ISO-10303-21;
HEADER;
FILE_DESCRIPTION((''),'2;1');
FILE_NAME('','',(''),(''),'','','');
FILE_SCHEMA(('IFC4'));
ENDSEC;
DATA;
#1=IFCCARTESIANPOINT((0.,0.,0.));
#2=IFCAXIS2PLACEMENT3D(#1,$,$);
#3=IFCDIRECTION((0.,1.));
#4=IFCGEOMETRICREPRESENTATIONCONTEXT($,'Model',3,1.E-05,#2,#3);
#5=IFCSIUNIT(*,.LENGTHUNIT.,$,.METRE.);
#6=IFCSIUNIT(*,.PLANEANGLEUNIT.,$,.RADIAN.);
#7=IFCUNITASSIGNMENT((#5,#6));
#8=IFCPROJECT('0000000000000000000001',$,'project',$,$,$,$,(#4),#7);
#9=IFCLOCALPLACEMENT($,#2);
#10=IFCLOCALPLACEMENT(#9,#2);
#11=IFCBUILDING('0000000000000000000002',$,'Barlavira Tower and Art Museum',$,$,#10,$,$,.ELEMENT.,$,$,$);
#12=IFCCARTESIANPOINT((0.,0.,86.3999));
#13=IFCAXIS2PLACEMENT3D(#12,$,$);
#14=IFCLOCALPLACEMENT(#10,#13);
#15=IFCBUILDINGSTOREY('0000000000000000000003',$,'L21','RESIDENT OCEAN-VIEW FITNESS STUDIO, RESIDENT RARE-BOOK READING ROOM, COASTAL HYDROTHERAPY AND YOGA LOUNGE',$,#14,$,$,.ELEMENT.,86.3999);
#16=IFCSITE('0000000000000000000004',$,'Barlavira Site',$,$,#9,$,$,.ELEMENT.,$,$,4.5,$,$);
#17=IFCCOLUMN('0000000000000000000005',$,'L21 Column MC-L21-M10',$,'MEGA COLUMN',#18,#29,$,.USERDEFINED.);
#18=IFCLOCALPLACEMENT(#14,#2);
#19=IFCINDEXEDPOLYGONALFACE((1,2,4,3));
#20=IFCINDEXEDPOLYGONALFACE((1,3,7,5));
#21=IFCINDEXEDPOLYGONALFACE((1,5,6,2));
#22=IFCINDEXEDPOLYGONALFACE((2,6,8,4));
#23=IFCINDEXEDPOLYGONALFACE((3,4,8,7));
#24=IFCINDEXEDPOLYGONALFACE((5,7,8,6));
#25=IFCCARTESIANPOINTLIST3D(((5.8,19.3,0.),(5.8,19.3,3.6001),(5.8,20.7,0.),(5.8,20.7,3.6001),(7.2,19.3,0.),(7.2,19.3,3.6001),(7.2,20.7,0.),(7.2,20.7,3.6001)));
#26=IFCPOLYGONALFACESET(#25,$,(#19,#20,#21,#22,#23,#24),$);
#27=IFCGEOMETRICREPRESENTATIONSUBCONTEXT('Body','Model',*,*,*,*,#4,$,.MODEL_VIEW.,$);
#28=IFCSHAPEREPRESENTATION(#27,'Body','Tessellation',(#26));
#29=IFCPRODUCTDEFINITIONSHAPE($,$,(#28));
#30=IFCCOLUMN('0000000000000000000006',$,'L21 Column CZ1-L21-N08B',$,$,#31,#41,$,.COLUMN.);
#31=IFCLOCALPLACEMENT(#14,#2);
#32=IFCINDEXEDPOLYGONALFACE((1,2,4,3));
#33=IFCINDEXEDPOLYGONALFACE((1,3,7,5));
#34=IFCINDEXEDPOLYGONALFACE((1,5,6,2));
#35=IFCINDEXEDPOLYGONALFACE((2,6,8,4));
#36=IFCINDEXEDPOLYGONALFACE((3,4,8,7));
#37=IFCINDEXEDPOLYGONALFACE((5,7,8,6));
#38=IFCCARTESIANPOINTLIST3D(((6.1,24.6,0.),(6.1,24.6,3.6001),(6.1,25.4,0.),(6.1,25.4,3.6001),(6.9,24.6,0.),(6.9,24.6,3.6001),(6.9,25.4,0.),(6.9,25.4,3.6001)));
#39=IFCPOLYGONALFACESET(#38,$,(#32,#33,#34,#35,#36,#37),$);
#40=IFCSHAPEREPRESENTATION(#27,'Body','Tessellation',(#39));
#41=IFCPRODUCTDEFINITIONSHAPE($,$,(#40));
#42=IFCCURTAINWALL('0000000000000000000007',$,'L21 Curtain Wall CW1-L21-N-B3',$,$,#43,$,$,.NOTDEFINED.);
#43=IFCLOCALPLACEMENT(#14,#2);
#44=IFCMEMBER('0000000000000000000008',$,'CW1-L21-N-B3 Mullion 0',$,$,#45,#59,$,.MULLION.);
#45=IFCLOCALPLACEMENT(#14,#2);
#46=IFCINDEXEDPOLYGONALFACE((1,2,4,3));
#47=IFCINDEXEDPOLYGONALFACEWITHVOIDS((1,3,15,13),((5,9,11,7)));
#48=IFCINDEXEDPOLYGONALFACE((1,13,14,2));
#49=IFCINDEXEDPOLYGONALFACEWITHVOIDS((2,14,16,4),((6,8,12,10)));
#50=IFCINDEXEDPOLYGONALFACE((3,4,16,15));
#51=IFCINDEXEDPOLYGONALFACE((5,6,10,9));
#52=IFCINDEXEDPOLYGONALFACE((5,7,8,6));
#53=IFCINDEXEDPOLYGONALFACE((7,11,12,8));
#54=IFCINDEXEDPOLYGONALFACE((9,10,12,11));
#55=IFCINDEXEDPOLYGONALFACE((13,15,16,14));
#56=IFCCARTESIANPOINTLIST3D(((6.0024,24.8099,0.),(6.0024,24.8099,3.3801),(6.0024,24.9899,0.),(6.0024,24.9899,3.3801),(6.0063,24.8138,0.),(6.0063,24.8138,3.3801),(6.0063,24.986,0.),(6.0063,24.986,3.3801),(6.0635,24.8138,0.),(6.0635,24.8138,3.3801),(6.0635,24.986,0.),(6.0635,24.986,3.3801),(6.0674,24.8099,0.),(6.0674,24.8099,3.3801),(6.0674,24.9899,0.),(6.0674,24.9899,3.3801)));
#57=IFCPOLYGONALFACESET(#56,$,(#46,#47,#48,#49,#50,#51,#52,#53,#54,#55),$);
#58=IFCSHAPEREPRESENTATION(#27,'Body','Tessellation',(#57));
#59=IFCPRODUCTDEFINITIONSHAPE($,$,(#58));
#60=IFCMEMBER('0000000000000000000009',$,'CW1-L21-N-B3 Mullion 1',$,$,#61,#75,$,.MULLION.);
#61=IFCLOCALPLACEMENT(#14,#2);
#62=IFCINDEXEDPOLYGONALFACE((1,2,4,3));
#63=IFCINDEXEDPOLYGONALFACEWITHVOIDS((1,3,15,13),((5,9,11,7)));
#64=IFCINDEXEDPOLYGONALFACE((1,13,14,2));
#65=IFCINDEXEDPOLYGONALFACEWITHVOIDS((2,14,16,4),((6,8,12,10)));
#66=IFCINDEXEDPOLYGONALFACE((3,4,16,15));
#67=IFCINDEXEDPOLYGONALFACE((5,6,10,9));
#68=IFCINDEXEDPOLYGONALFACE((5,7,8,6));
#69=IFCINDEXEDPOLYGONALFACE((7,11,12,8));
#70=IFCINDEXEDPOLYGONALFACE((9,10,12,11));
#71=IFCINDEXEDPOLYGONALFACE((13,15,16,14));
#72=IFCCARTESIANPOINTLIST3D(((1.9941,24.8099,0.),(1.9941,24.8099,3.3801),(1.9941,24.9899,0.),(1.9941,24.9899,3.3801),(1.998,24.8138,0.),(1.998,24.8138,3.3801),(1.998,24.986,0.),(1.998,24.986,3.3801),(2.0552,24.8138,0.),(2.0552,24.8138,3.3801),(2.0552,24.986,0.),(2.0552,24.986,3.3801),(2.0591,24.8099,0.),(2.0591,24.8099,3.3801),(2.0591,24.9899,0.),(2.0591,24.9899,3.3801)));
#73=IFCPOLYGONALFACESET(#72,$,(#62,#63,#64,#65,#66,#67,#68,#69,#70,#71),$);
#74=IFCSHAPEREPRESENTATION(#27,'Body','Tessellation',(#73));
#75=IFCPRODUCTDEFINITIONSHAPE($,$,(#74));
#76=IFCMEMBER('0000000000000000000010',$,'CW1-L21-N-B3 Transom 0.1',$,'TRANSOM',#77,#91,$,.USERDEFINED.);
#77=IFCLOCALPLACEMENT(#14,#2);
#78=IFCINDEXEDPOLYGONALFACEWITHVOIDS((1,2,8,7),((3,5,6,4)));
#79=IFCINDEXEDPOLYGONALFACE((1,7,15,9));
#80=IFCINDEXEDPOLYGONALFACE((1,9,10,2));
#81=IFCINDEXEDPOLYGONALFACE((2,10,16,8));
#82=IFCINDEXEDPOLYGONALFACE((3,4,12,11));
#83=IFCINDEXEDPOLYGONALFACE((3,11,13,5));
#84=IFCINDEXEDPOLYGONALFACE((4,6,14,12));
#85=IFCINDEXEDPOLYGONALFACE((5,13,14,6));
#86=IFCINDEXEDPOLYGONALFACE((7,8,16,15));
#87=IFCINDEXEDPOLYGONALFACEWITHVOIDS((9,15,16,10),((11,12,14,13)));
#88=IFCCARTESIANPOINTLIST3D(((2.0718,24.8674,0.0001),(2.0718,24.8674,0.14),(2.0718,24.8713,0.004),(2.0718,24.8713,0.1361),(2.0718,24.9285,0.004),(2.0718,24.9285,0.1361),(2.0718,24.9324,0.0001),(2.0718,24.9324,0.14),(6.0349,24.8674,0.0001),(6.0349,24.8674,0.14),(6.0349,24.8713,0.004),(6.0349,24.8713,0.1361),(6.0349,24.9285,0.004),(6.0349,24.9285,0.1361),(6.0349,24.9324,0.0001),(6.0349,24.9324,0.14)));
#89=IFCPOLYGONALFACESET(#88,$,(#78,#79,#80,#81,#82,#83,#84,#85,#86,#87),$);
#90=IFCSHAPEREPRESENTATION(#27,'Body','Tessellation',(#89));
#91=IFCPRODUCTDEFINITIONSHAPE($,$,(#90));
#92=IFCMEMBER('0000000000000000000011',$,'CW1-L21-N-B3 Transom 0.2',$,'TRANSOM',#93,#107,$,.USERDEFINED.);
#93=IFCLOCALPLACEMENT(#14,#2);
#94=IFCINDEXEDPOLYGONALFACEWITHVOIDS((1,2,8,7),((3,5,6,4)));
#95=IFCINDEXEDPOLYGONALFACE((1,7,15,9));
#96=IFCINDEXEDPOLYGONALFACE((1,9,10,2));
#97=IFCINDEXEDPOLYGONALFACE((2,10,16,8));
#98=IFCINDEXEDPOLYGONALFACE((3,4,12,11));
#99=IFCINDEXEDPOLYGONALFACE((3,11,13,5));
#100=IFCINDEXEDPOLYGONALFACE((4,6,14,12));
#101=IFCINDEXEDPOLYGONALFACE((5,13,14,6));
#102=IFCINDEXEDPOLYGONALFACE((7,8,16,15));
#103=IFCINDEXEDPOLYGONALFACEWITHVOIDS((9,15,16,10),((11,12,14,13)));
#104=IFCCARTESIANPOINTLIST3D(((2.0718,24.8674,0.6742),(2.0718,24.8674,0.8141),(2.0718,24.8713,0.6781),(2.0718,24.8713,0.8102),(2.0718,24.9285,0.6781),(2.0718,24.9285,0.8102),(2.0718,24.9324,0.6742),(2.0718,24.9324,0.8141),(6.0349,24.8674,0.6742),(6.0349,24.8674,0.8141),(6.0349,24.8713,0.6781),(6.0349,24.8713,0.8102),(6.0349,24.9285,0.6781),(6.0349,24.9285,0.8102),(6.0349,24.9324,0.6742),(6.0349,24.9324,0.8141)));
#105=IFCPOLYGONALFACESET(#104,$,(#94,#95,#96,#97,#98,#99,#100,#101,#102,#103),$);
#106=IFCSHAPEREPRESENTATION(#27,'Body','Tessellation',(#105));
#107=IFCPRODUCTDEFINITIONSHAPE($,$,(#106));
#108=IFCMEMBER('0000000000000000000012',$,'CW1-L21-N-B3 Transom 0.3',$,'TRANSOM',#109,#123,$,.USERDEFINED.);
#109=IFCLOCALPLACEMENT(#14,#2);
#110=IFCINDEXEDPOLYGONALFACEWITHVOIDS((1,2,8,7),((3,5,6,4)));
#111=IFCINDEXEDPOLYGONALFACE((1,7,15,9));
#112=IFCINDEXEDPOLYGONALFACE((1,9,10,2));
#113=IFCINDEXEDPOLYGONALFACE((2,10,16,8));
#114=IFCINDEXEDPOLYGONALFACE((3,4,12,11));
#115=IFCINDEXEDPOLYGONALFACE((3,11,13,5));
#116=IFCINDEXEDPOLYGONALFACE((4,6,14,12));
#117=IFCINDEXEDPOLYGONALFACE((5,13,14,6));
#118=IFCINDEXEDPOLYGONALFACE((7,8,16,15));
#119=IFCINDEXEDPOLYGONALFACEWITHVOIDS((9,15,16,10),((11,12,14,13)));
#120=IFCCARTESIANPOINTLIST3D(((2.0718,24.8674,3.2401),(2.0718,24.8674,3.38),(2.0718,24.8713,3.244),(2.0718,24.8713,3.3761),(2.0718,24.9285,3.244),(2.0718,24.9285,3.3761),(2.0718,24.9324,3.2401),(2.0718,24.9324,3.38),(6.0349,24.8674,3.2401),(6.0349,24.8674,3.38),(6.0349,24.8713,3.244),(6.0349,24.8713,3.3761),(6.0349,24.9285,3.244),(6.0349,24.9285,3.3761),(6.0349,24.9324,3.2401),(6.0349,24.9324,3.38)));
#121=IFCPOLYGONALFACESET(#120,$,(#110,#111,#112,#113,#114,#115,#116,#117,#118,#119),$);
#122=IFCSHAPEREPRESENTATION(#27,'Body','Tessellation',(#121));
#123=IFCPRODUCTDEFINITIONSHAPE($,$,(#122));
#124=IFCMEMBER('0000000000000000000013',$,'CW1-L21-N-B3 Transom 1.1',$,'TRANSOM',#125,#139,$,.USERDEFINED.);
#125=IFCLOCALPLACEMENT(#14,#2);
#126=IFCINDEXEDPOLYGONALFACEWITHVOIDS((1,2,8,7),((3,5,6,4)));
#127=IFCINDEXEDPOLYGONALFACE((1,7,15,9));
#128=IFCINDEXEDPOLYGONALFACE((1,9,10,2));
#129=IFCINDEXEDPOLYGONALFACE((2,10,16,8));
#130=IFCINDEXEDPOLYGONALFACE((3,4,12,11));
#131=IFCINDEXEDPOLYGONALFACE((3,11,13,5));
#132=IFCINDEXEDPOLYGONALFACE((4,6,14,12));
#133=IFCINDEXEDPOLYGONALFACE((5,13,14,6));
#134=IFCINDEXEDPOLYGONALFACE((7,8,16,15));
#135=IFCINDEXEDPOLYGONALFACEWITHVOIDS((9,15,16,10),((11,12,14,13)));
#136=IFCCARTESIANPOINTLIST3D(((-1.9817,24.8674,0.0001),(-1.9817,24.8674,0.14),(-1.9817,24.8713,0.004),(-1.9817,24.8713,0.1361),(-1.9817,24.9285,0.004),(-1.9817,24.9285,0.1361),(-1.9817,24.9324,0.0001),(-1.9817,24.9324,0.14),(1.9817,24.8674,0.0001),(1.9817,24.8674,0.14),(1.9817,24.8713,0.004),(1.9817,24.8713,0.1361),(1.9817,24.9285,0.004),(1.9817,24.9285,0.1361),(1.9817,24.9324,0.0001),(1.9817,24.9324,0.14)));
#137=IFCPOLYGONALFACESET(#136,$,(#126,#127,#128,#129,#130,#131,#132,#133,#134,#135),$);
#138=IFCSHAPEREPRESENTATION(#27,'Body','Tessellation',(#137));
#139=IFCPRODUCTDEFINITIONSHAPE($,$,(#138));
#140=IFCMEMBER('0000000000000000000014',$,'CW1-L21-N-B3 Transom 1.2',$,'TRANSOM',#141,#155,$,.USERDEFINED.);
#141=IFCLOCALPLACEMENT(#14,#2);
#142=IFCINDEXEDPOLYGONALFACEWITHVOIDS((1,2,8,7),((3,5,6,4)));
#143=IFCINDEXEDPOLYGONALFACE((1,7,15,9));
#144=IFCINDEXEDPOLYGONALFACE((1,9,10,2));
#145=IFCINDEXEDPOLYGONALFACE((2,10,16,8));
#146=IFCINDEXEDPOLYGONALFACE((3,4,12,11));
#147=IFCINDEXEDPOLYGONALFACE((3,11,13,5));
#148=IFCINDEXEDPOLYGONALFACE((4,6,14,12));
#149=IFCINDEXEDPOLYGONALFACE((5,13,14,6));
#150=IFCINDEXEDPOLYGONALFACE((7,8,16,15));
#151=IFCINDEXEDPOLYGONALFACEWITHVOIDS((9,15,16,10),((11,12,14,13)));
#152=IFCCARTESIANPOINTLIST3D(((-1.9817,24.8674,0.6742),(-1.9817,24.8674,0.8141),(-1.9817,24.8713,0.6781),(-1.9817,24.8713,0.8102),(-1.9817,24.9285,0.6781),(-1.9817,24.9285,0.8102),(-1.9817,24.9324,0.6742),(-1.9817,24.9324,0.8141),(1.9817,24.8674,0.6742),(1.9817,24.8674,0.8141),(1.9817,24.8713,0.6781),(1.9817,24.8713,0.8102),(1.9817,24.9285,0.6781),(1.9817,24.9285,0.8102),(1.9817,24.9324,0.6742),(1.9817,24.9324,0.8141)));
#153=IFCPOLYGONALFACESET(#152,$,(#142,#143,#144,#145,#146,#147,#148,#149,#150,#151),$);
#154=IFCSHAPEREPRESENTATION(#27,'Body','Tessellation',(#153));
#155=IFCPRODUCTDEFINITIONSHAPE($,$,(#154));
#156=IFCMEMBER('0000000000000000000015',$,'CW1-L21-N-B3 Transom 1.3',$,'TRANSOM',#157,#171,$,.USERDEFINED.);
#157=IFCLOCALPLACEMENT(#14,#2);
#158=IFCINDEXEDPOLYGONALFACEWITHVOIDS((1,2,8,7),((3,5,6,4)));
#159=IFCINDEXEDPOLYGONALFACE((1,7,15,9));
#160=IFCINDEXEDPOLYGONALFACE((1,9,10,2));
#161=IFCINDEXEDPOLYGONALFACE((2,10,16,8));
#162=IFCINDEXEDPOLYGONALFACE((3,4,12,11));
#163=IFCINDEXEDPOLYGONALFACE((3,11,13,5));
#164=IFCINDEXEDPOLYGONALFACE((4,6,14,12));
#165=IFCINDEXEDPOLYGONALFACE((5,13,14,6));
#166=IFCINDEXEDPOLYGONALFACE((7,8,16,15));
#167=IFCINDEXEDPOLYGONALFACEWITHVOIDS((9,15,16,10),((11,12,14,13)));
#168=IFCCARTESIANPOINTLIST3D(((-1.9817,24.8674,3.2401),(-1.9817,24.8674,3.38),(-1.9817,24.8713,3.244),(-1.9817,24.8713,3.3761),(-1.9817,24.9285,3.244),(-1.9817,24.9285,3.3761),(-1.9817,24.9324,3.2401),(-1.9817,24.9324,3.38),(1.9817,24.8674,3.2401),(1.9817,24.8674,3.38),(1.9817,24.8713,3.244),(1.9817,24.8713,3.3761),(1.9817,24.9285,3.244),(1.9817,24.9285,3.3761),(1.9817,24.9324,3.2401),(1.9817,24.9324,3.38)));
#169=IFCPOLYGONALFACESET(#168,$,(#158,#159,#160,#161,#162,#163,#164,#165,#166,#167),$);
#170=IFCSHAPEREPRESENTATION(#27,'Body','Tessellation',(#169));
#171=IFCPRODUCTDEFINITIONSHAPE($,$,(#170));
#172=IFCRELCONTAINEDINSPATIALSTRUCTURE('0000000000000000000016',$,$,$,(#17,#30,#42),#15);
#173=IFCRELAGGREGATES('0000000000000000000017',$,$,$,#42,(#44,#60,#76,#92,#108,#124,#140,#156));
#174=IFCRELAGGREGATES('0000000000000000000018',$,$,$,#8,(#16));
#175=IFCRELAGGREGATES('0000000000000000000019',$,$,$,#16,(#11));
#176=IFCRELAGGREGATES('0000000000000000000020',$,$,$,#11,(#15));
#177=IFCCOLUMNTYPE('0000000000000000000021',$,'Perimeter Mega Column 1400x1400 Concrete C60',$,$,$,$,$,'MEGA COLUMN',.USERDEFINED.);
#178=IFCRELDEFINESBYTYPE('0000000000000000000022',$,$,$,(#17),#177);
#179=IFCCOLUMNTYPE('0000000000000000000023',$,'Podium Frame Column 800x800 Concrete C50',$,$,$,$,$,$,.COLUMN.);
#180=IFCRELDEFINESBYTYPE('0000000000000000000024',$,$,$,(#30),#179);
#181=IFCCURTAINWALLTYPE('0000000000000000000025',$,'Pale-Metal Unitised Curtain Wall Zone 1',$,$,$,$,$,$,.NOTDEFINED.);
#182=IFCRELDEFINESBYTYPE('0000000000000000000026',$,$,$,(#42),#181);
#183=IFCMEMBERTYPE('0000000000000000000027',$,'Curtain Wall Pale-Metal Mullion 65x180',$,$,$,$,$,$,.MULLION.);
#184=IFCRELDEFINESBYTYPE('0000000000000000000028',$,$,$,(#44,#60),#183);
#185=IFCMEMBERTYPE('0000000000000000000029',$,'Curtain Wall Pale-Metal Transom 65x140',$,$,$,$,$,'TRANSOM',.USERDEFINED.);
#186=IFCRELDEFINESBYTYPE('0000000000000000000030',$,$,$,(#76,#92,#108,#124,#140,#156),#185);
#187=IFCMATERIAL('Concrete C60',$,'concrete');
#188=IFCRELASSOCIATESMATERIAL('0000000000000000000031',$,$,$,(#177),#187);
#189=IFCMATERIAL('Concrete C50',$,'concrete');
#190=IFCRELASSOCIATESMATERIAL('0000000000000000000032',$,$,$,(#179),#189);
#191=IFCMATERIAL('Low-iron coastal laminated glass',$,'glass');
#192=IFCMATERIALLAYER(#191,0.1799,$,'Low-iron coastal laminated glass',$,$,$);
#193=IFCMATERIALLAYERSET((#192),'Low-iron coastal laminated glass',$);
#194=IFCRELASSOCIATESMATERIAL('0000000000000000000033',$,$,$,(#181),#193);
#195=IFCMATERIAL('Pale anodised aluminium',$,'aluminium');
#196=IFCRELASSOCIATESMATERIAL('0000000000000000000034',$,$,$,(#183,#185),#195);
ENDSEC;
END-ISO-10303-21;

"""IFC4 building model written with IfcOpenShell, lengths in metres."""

from ifc_helpers import new_model, si_unit, direction, frame, origin, origin_2d, place, context, subcontext, project, spatial, rectangle, hollow_rectangle, extrude, material, layer, layer_set, material_profile, profile_set, type_object, element, aggregate, save


model = new_model("IFC4")

# Units and contexts
model_context = context("Model", 3, precision=1e-05, world=origin(), true_north=direction((0.0, 1.0)))
body_context = subcontext(model_context, "Body", "Model", "MODEL_VIEW")
ifc_project = project(units=[si_unit("LENGTHUNIT", "METRE"), si_unit("PLANEANGLEUNIT", "RADIAN")], contexts=[model_context])

# Site, building, storey
site_placement = place(None, origin())
site = spatial("IfcSite", under=ifc_project, at=site_placement, Name="Barlavira Site", CompositionType="ELEMENT", RefElevation=4.5)
building_placement = place(site_placement, origin())
building = spatial("IfcBuilding", under=site, at=building_placement, Name="Barlavira Tower and Art Museum", CompositionType="ELEMENT")
storey_placement = place(building_placement, frame((0.0, 0.0, 86.3999)))
storey = spatial("IfcBuildingStorey", under=building, at=storey_placement, Name="L21", Description="RESIDENT OCEAN-VIEW FITNESS STUDIO, RESIDENT RARE-BOOK READING ROOM, COASTAL HYDROTHERAPY AND YOGA LOUNGE", CompositionType="ELEMENT", Elevation=86.3999)

# Columns
ifc_material_1 = material(Name="Concrete C60", Category="concrete")
ifc_material_profile_1 = material_profile(ifc_material_1, rectangle(XDim=1.3999, YDim=1.3999, at=origin_2d()), Name="RC-MCOL 1400x1400")
ifc_profile_set_1 = profile_set([ifc_material_profile_1], Name="Concrete C60")
column_type_1 = type_object("IfcColumnType", Name="Perimeter Mega Column 1400x1400 Concrete C60", ElementType="MEGA COLUMN", PredefinedType="USERDEFINED", material=ifc_profile_set_1)
column_1_placement = place(storey_placement, frame((6.5, 20.0, 0.0), z_axis=(0.0, 0.0, 1.0), x_axis=(1.0, 0.0, 0.0)))
element("IfcColumn", 1, at=column_1_placement, inside=storey, type_object=column_type_1, Name="L21 Column MC-L21-M10", ObjectType="MEGA COLUMN", PredefinedType="USERDEFINED", context=body_context, shape_type="SweptSolid", body=[
    extrude(rectangle(XDim=1.3999, YDim=1.3999, at=origin_2d()), origin(), (0.0, 0.0, 1.0), 3.6001),
])
ifc_material_2 = material(Name="Concrete C50", Category="concrete")
ifc_material_profile_2 = material_profile(ifc_material_2, rectangle(XDim=0.8, YDim=0.8, at=origin_2d()), Name="RC-COL 800x800")
ifc_profile_set_2 = profile_set([ifc_material_profile_2], Name="Concrete C50")
column_type_2 = type_object("IfcColumnType", Name="Podium Frame Column 800x800 Concrete C50", PredefinedType="COLUMN", material=ifc_profile_set_2)
column_2_placement = place(storey_placement, frame((6.5, 25.0, 0.0), z_axis=(0.0, 0.0, 1.0), x_axis=(1.0, 0.0, 0.0)))
element("IfcColumn", 2, at=column_2_placement, inside=storey, type_object=column_type_2, Name="L21 Column CZ1-L21-N08B", PredefinedType="COLUMN", context=body_context, shape_type="SweptSolid", body=[
    extrude(rectangle(XDim=0.8, YDim=0.8, at=origin_2d()), origin(), (0.0, 0.0, 1.0), 3.6001),
])

# Curtain wall, members
ifc_material_3 = material(Name="Low-iron coastal laminated glass", Category="glass")
ifc_layer_1 = layer(ifc_material_3, 0.1799, Name="Low-iron coastal laminated glass")
ifc_layer_set_1 = layer_set([ifc_layer_1], Name="Low-iron coastal laminated glass")
curtain_wall_type = type_object("IfcCurtainWallType", Name="Pale-Metal Unitised Curtain Wall Zone 1", PredefinedType="NOTDEFINED", material=ifc_layer_set_1)
curtain_wall_placement = place(storey_placement, origin())
curtain_wall = element("IfcCurtainWall", 3, at=curtain_wall_placement, inside=storey, type_object=curtain_wall_type, Name="L21 Curtain Wall CW1-L21-N-B3", PredefinedType="NOTDEFINED")
ifc_material_4 = material(Name="Pale anodised aluminium", Category="aluminium")
ifc_material_profile_3 = material_profile(ifc_material_4, hollow_rectangle(XDim=0.0649, YDim=0.1799, WallThickness=0.0039, at=origin_2d()), Name="ALU-MULL 65x180x4")
ifc_profile_set_3 = profile_set([ifc_material_profile_3], Name="Pale anodised aluminium")
member_type_1 = type_object("IfcMemberType", Name="Curtain Wall Pale-Metal Mullion 65x180", PredefinedType="MULLION", material=ifc_profile_set_3)
member_1_placement = place(storey_placement, frame((6.0349, 24.8999, 0.0), z_axis=(0.0, 0.0, 1.0), x_axis=(-1.0, 0.0, 0.0)))
member_1 = element("IfcMember", 4, at=member_1_placement, type_object=member_type_1, Name="CW1-L21-N-B3 Mullion 0", PredefinedType="MULLION", context=body_context, shape_type="SweptSolid", body=[
    extrude(hollow_rectangle(XDim=0.0649, YDim=0.1799, WallThickness=0.0039, at=origin_2d()), origin(), (0.0, 0.0, 1.0), 3.3801),
])
member_2_placement = place(storey_placement, frame((2.0266, 24.8999, 0.0), z_axis=(0.0, 0.0, 1.0), x_axis=(-1.0, 0.0, 0.0)))
member_2 = element("IfcMember", 5, at=member_2_placement, type_object=member_type_1, Name="CW1-L21-N-B3 Mullion 1", PredefinedType="MULLION", context=body_context, shape_type="SweptSolid", body=[
    extrude(hollow_rectangle(XDim=0.0649, YDim=0.1799, WallThickness=0.0039, at=origin_2d()), origin(), (0.0, 0.0, 1.0), 3.3801),
])
ifc_material_profile_4 = material_profile(ifc_material_4, hollow_rectangle(XDim=0.0649, YDim=0.1399, WallThickness=0.0039, at=origin_2d()), Name="ALU-TRAN 65x140x4")
ifc_profile_set_4 = profile_set([ifc_material_profile_4], Name="Pale anodised aluminium")
member_type_2 = type_object("IfcMemberType", Name="Curtain Wall Pale-Metal Transom 65x140", ElementType="TRANSOM", PredefinedType="USERDEFINED", material=ifc_profile_set_4)
member_3_placement = place(storey_placement, frame((6.0349, 24.8999, 0.0701), z_axis=(-1.0, 0.0, 0.0), x_axis=(0.0, -1.0, 0.0)))
member_3 = element("IfcMember", 6, at=member_3_placement, type_object=member_type_2, Name="CW1-L21-N-B3 Transom 0.1", ObjectType="TRANSOM", PredefinedType="USERDEFINED", context=body_context, shape_type="SweptSolid", body=[
    extrude(hollow_rectangle(XDim=0.0649, YDim=0.1399, WallThickness=0.0039, at=origin_2d()), origin(), (0.0, 0.0, 1.0), 3.9631),
])
member_4_placement = place(storey_placement, frame((6.0349, 24.8999, 0.7441), z_axis=(-1.0, 0.0, 0.0), x_axis=(0.0, -1.0, 0.0)))
member_4 = element("IfcMember", 7, at=member_4_placement, type_object=member_type_2, Name="CW1-L21-N-B3 Transom 0.2", ObjectType="TRANSOM", PredefinedType="USERDEFINED", context=body_context, shape_type="SweptSolid", body=[
    extrude(hollow_rectangle(XDim=0.0649, YDim=0.1399, WallThickness=0.0039, at=origin_2d()), origin(), (0.0, 0.0, 1.0), 3.9631),
])
member_5_placement = place(storey_placement, frame((6.0349, 24.8999, 3.3101), z_axis=(-1.0, 0.0, 0.0), x_axis=(0.0, -1.0, 0.0)))
member_5 = element("IfcMember", 8, at=member_5_placement, type_object=member_type_2, Name="CW1-L21-N-B3 Transom 0.3", ObjectType="TRANSOM", PredefinedType="USERDEFINED", context=body_context, shape_type="SweptSolid", body=[
    extrude(hollow_rectangle(XDim=0.0649, YDim=0.1399, WallThickness=0.0039, at=origin_2d()), origin(), (0.0, 0.0, 1.0), 3.9631),
])
member_6_placement = place(storey_placement, frame((1.9817, 24.8999, 0.0701), z_axis=(-1.0, 0.0, 0.0), x_axis=(0.0, -1.0, 0.0)))
member_6 = element("IfcMember", 9, at=member_6_placement, type_object=member_type_2, Name="CW1-L21-N-B3 Transom 1.1", ObjectType="TRANSOM", PredefinedType="USERDEFINED", context=body_context, shape_type="SweptSolid", body=[
    extrude(hollow_rectangle(XDim=0.0649, YDim=0.1399, WallThickness=0.0039, at=origin_2d()), origin(), (0.0, 0.0, 1.0), 3.9634),
])
member_7_placement = place(storey_placement, frame((1.9817, 24.8999, 0.7441), z_axis=(-1.0, 0.0, 0.0), x_axis=(0.0, -1.0, 0.0)))
member_7 = element("IfcMember", 10, at=member_7_placement, type_object=member_type_2, Name="CW1-L21-N-B3 Transom 1.2", ObjectType="TRANSOM", PredefinedType="USERDEFINED", context=body_context, shape_type="SweptSolid", body=[
    extrude(hollow_rectangle(XDim=0.0649, YDim=0.1399, WallThickness=0.0039, at=origin_2d()), origin(), (0.0, 0.0, 1.0), 3.9634),
])
member_8_placement = place(storey_placement, frame((1.9817, 24.8999, 3.3101), z_axis=(-1.0, 0.0, 0.0), x_axis=(0.0, -1.0, 0.0)))
member_8 = element("IfcMember", 11, at=member_8_placement, type_object=member_type_2, Name="CW1-L21-N-B3 Transom 1.3", ObjectType="TRANSOM", PredefinedType="USERDEFINED", context=body_context, shape_type="SweptSolid", body=[
    extrude(hollow_rectangle(XDim=0.0649, YDim=0.1399, WallThickness=0.0039, at=origin_2d()), origin(), (0.0, 0.0, 1.0), 3.9634),
])

aggregate(curtain_wall, [member_1, member_2, member_3, member_4, member_5, member_6, member_7, member_8])

save(model, "model.ifc")
